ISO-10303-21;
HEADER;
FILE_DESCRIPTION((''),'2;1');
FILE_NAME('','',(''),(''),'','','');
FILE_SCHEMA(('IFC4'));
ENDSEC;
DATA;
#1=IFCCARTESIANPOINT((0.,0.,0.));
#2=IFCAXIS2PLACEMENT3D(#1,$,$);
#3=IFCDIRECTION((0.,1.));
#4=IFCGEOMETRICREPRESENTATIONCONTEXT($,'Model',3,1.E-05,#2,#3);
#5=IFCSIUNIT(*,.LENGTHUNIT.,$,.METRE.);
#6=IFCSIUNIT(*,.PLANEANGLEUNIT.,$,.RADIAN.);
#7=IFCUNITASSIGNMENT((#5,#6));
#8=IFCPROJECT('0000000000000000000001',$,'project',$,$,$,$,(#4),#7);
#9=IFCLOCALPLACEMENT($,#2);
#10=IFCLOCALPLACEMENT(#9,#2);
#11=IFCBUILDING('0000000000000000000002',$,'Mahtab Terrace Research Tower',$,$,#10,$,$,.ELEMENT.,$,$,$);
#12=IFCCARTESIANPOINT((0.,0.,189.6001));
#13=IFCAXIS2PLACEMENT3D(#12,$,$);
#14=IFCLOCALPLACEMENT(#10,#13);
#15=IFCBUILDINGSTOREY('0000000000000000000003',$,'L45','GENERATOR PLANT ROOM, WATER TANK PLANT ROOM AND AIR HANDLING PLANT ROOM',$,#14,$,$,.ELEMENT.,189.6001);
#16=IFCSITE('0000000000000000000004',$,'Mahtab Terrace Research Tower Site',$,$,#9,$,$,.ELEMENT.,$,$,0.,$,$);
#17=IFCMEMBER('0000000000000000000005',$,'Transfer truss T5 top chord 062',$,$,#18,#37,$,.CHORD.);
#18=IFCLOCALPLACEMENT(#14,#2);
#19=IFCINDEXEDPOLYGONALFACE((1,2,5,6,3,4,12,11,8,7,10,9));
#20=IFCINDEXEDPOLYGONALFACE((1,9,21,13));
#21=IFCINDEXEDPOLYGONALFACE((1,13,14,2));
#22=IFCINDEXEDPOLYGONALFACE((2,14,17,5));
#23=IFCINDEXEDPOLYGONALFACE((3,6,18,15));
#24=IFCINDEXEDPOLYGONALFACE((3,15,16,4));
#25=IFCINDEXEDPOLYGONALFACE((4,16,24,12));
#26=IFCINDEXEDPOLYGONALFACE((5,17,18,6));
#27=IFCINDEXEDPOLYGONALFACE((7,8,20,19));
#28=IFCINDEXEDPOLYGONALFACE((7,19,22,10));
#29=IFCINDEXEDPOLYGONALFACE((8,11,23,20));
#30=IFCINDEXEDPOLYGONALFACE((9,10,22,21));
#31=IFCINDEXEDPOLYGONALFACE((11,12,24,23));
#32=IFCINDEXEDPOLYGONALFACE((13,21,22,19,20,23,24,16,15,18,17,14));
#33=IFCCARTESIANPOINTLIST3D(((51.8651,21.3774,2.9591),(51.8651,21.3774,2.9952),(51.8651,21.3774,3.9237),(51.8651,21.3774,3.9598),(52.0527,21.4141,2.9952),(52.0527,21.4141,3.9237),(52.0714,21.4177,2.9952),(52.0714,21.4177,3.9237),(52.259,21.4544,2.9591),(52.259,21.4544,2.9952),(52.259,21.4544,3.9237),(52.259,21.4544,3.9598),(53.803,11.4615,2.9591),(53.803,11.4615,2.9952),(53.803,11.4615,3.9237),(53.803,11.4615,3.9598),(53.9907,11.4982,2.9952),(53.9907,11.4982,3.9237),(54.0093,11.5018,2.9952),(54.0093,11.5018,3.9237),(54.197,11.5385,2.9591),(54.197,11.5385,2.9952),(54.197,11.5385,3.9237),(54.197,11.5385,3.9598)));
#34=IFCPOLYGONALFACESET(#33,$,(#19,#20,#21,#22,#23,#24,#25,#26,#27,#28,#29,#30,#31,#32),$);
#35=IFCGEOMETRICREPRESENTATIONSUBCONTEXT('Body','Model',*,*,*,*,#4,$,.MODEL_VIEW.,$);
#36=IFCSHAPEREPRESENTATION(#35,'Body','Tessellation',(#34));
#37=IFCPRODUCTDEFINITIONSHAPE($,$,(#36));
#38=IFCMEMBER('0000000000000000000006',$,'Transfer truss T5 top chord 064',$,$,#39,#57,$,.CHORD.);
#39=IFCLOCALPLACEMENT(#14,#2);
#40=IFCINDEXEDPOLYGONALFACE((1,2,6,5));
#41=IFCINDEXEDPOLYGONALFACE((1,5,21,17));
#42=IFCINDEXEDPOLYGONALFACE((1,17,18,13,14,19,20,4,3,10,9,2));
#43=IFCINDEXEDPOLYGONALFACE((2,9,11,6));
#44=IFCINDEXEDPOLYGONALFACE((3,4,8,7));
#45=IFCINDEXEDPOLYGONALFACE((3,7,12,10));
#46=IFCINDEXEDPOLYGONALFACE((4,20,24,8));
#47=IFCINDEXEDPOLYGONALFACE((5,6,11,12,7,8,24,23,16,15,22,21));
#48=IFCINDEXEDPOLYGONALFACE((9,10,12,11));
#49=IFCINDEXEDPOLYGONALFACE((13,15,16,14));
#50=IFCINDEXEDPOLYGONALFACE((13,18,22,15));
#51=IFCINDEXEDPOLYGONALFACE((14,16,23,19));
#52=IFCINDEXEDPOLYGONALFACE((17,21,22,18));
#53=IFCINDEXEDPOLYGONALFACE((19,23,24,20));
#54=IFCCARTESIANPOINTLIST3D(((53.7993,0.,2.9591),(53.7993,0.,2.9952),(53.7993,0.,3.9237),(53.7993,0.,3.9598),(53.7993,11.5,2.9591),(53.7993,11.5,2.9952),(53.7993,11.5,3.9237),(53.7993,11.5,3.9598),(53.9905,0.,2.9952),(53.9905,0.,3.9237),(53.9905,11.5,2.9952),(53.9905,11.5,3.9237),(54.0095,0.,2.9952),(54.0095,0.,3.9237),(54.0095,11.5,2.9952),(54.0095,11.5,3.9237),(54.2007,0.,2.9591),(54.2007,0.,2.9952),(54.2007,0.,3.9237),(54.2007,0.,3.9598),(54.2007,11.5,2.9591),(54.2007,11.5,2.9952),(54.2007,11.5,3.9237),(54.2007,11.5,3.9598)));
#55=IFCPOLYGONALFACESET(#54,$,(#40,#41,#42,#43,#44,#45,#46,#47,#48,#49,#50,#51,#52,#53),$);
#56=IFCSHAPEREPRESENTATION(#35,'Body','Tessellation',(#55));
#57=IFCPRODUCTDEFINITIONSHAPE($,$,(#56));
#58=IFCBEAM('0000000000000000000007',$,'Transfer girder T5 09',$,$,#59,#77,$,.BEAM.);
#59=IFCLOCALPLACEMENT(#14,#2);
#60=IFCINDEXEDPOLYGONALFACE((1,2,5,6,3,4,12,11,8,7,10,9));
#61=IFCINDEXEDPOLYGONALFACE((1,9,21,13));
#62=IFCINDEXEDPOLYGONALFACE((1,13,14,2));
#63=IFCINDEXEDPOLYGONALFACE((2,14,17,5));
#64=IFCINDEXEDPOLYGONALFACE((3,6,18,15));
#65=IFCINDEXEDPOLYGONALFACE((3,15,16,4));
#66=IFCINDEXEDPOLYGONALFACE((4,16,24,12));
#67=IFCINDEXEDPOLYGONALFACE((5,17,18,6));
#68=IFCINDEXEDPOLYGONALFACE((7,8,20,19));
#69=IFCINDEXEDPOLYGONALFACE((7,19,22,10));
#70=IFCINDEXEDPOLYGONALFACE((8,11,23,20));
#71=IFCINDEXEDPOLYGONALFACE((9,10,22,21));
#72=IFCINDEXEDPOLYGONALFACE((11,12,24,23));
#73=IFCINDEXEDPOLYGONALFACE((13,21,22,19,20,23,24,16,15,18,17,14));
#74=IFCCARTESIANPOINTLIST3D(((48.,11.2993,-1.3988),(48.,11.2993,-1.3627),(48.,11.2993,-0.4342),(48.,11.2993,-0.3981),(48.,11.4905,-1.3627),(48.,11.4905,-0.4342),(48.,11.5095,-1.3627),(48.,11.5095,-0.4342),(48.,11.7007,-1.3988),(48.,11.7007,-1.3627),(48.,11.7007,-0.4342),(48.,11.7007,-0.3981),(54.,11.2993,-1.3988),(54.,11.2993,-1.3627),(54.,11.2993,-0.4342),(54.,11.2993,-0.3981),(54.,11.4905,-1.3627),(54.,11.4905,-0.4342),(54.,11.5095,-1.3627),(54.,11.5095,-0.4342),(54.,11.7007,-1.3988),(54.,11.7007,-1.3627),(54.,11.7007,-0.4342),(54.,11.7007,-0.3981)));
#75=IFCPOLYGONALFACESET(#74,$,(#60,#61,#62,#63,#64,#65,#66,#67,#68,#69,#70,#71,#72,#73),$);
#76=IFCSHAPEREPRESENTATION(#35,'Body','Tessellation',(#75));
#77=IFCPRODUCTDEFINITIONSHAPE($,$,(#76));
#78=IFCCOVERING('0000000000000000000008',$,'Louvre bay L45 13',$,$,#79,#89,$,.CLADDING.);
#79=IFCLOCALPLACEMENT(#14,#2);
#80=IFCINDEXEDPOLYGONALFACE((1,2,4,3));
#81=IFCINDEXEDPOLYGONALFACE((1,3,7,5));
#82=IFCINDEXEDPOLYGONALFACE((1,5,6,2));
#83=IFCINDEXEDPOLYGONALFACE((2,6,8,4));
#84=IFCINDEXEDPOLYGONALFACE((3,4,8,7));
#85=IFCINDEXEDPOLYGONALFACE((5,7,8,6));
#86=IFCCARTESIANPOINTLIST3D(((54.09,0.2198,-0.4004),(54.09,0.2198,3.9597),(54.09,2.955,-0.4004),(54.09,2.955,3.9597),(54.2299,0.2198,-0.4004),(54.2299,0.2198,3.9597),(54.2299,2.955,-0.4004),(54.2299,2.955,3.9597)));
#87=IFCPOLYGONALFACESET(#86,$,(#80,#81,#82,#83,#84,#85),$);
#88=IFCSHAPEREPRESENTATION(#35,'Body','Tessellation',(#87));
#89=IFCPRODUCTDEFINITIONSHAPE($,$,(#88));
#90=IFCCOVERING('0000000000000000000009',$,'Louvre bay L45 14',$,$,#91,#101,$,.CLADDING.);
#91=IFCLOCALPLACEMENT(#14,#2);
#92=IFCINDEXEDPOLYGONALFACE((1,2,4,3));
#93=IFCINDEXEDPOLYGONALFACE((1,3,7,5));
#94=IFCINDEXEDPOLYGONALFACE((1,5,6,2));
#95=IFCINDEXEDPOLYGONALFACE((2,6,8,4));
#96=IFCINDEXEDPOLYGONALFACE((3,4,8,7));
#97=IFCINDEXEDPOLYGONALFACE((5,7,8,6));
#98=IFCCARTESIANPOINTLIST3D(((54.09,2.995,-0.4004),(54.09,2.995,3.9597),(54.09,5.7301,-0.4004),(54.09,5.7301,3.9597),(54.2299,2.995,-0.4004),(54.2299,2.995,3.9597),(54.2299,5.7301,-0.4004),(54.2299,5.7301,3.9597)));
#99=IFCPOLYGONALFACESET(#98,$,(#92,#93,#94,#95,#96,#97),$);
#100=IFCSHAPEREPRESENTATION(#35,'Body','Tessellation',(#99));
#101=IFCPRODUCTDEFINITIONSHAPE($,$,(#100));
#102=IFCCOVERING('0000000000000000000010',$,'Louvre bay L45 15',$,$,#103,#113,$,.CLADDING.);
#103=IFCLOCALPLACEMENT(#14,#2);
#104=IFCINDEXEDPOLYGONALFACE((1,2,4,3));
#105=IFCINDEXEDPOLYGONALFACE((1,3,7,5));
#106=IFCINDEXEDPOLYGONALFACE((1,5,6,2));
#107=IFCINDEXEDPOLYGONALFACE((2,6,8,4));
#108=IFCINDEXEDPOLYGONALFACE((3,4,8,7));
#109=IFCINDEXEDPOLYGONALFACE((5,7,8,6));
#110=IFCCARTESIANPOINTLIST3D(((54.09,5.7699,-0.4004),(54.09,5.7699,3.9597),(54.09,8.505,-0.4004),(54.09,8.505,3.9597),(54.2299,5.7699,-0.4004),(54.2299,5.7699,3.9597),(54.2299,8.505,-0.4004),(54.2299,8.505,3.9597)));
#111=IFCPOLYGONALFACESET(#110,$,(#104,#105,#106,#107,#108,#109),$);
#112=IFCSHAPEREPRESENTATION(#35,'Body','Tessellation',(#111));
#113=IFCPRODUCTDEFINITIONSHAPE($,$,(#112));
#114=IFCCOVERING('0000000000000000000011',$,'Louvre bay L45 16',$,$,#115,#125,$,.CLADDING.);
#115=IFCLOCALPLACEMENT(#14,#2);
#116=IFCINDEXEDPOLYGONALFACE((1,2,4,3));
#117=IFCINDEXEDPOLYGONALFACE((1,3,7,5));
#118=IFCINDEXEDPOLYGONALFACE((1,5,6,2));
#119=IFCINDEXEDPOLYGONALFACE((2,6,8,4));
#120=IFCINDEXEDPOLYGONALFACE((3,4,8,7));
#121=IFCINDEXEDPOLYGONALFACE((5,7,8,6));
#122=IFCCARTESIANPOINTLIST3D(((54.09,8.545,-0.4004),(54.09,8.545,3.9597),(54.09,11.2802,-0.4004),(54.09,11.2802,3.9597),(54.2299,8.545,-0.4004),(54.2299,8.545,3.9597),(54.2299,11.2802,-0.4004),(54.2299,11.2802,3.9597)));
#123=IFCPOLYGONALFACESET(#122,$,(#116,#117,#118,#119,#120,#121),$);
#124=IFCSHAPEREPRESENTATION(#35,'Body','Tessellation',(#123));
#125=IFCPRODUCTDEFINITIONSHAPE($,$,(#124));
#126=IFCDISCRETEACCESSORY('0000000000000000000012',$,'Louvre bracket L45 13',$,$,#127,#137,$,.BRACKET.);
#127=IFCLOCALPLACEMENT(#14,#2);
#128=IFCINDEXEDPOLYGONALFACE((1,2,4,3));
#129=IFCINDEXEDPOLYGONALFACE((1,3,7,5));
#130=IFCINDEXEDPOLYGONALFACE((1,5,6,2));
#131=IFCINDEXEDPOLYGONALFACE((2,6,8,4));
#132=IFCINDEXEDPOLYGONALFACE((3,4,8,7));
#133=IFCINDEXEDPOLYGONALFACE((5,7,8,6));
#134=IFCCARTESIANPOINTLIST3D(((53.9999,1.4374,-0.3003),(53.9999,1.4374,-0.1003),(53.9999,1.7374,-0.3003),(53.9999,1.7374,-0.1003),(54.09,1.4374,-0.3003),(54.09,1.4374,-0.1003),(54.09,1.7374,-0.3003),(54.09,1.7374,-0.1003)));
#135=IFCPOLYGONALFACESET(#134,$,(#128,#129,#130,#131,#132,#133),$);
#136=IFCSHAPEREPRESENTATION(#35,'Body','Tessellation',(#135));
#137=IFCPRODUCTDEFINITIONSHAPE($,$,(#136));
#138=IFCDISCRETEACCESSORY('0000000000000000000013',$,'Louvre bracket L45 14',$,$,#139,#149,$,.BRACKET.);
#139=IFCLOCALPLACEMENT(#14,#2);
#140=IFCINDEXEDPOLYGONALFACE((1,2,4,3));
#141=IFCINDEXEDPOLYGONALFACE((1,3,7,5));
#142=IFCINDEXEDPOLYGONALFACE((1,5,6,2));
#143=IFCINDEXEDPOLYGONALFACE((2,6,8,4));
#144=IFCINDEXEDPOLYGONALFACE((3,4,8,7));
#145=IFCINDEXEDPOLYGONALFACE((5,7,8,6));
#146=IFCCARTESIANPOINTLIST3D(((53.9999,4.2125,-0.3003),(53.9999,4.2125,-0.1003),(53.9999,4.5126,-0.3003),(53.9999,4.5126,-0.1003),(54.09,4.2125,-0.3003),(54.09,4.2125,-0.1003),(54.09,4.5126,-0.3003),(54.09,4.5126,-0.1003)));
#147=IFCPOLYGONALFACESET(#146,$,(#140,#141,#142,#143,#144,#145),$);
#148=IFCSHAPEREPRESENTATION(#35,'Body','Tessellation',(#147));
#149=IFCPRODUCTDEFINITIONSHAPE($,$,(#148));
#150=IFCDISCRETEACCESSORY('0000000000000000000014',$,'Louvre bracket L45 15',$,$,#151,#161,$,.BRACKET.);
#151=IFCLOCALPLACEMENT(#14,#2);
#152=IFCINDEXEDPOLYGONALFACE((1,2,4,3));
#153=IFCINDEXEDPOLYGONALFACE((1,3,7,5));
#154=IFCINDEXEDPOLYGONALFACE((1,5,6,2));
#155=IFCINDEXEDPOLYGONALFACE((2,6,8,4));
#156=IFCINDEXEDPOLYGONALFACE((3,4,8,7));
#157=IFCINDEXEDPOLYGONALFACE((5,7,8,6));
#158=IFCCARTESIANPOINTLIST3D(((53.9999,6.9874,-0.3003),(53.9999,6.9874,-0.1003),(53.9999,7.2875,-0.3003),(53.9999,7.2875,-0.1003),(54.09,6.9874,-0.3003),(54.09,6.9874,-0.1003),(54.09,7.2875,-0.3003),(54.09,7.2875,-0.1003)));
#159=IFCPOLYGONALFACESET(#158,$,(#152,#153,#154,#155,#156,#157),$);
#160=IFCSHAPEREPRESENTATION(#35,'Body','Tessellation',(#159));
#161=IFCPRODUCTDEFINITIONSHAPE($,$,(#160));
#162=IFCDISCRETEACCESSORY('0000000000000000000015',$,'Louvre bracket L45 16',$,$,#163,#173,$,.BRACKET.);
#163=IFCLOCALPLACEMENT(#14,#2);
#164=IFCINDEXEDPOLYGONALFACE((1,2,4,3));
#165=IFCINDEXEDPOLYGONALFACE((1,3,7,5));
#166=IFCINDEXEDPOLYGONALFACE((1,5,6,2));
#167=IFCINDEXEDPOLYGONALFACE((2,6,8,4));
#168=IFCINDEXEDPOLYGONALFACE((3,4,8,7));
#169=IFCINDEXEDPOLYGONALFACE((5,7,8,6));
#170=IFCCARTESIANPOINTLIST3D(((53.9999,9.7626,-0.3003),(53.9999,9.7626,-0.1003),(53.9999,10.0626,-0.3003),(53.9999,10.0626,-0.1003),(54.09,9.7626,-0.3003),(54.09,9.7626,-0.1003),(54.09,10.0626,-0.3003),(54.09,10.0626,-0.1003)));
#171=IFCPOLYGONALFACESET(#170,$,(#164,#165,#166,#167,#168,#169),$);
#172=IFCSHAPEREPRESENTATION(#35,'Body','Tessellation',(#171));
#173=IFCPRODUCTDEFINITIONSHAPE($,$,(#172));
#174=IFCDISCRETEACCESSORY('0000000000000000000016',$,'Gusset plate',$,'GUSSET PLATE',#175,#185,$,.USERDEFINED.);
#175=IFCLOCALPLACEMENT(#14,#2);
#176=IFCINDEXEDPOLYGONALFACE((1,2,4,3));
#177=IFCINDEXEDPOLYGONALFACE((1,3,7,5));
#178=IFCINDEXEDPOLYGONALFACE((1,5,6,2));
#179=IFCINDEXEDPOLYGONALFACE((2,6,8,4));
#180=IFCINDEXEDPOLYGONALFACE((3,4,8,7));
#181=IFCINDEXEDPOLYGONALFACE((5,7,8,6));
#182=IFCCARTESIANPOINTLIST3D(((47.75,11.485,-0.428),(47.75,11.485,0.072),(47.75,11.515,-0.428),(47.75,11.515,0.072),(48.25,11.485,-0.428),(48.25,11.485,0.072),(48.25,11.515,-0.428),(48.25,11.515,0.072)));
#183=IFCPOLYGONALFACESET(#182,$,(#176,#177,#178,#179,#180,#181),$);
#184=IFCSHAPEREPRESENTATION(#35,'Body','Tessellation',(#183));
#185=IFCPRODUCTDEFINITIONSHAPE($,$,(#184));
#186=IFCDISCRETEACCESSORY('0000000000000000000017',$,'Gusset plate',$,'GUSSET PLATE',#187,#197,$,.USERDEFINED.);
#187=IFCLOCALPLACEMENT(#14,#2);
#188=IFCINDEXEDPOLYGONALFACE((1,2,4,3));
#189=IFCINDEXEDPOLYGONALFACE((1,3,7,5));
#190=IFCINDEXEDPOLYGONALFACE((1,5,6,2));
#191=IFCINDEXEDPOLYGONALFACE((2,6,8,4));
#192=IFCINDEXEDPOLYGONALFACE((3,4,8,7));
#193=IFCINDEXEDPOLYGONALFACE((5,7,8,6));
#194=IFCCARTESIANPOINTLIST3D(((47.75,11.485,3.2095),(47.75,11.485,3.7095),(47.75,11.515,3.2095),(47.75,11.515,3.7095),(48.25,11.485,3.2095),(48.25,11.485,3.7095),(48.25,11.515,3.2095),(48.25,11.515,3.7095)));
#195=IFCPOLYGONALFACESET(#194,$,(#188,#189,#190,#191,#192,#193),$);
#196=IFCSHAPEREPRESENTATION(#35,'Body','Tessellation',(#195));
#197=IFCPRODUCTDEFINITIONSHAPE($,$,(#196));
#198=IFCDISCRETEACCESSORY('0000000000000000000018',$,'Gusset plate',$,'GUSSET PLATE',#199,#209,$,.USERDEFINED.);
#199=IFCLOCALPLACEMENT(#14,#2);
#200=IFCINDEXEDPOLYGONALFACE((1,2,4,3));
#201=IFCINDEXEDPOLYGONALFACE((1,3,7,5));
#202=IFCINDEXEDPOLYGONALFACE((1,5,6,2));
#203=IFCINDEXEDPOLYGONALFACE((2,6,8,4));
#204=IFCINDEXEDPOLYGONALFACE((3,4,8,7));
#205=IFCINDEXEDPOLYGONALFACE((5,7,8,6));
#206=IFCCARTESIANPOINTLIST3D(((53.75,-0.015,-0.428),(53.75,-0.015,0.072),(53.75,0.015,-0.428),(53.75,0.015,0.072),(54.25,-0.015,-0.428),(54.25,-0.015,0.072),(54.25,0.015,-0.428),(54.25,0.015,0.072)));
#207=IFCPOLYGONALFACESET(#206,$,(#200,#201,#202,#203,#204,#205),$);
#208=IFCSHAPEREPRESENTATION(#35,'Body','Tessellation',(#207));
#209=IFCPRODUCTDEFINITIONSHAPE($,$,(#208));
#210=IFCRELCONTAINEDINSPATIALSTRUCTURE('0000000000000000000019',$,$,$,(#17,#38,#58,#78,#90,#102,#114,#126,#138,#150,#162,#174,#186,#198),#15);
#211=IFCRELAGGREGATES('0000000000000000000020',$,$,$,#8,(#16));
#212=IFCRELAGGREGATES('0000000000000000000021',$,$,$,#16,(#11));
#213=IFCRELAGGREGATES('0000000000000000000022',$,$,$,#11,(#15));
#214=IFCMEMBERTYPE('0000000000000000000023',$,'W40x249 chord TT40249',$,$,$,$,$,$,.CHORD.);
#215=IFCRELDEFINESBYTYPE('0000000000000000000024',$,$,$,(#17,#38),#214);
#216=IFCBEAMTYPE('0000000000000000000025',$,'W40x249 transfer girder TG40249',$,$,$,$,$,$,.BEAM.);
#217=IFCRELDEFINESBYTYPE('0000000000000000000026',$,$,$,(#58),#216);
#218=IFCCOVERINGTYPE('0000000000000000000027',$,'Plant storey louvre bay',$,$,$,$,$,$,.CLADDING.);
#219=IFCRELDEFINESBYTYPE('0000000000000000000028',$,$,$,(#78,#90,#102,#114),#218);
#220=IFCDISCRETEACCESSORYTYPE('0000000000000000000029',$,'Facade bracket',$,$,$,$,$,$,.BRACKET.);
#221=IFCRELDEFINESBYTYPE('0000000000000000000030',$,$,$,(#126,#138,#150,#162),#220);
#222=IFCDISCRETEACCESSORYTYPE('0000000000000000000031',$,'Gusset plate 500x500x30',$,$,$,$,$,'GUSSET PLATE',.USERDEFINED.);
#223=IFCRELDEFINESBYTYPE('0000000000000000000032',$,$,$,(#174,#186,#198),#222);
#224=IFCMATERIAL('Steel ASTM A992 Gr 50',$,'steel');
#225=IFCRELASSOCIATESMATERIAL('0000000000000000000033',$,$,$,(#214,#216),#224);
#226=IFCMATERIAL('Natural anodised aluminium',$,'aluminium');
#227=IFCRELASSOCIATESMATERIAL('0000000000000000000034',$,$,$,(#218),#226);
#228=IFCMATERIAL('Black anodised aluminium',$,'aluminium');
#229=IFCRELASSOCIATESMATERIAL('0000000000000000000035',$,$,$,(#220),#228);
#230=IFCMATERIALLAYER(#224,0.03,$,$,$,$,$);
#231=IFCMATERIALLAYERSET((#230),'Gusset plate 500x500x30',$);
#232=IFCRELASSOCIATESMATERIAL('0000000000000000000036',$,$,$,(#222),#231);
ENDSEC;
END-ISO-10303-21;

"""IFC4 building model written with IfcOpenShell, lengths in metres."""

from ifc_helpers import new_model, si_unit, direction, frame, origin, origin_2d, place, context, subcontext, project, spatial, rectangle, i_section, extrude, material, layer, layer_set, material_profile, profile_set, type_object, element, save


model = new_model("IFC4")

# Units and contexts
model_context = context("Model", 3, precision=1e-05, world=origin(), true_north=direction((0.0, 1.0)))
body_context = subcontext(model_context, "Body", "Model", "MODEL_VIEW")
ifc_project = project(units=[si_unit("LENGTHUNIT", "METRE"), si_unit("PLANEANGLEUNIT", "RADIAN")], contexts=[model_context])

# Site, building, storey
site_placement = place(None, origin())
site = spatial("IfcSite", under=ifc_project, at=site_placement, Name="Mahtab Terrace Research Tower Site", CompositionType="ELEMENT", RefElevation=0.0)
building_placement = place(site_placement, origin())
building = spatial("IfcBuilding", under=site, at=building_placement, Name="Mahtab Terrace Research Tower", CompositionType="ELEMENT")
storey_placement = place(building_placement, frame((0.0, 0.0, 189.6001)))
storey = spatial("IfcBuildingStorey", under=building, at=storey_placement, Name="L45", Description="GENERATOR PLANT ROOM, WATER TANK PLANT ROOM AND AIR HANDLING PLANT ROOM", CompositionType="ELEMENT", Elevation=189.6001)

# Shared definitions
ifc_material_1 = material(Name="Steel ASTM A992 Gr 50", Category="steel")

# Members
ifc_material_profile_1 = material_profile(ifc_material_1, i_section(OverallWidth=0.4014, OverallDepth=1.0007, WebThickness=0.019, FlangeThickness=0.0361, at=origin_2d()), Name="W40X249")
ifc_profile_set_1 = profile_set([ifc_material_profile_1], Name="Steel ASTM A992 Gr 50")
member_type_1 = type_object("IfcMemberType", Name="W40x249 chord TT40249", PredefinedType="CHORD", material=ifc_profile_set_1)
member_1_placement = place(storey_placement, frame((54.0, 11.5, 3.4595), z_axis=(-0.191811, 0.981432, 0.0), x_axis=(-0.981432, -0.191811, 0.0)))
element("IfcMember", 1, at=member_1_placement, inside=storey, type_object=member_type_1, Name="Transfer truss T5 top chord 062", PredefinedType="CHORD", context=body_context, shape_type="SweptSolid", body=[
    extrude(i_section(OverallWidth=0.4014, OverallDepth=1.0007, WebThickness=0.019, FlangeThickness=0.0361, at=origin_2d()), origin(), (0.0, 0.0, 1.0), 10.1035),
])
member_2_placement = place(storey_placement, frame((54.0, 0.0, 3.4595), z_axis=(0.0, 1.0, 0.0), x_axis=(-1.0, 0.0, 0.0)))
element("IfcMember", 2, at=member_2_placement, inside=storey, type_object=member_type_1, Name="Transfer truss T5 top chord 064", PredefinedType="CHORD", context=body_context, shape_type="SweptSolid", body=[
    extrude(i_section(OverallWidth=0.4014, OverallDepth=1.0007, WebThickness=0.019, FlangeThickness=0.0361, at=origin_2d()), origin(), (0.0, 0.0, 1.0), 11.5),
])

# Beam
ifc_material_profile_2 = material_profile(ifc_material_1, i_section(OverallWidth=0.4014, OverallDepth=1.0007, WebThickness=0.019, FlangeThickness=0.0361, at=origin_2d()), Name="W40X249")
ifc_profile_set_2 = profile_set([ifc_material_profile_2], Name="Steel ASTM A992 Gr 50")
beam_type = type_object("IfcBeamType", Name="W40x249 transfer girder TG40249", PredefinedType="BEAM", material=ifc_profile_set_2)
beam_placement = place(storey_placement, frame((48.0, 11.5, -0.8984), z_axis=(1.0, 0.0, 0.0), x_axis=(0.0, 1.0, 0.0)))
element("IfcBeam", 3, at=beam_placement, inside=storey, type_object=beam_type, Name="Transfer girder T5 09", PredefinedType="BEAM", context=body_context, shape_type="SweptSolid", body=[
    extrude(i_section(OverallWidth=0.4014, OverallDepth=1.0007, WebThickness=0.019, FlangeThickness=0.0361, at=origin_2d()), origin(), (0.0, 0.0, 1.0), 6.0),
])

# Coverings
ifc_material_2 = material(Name="Natural anodised aluminium", Category="aluminium")
covering_type = type_object("IfcCoveringType", Name="Plant storey louvre bay", PredefinedType="CLADDING", material=ifc_material_2)
for number, where, z_axis, x_axis, name in (
    (4, (54.1599, 1.5874, -0.4004), (0.0, 0.0, 1.0), (0.0, 1.0, 0.0), "Louvre bay L45 13"),
    (5, (54.1599, 4.3625, -0.4004), (0.0, 0.0, 1.0), (0.0, 1.0, 0.0), "Louvre bay L45 14"),
    (6, (54.1599, 7.1375, -0.4004), (0.0, 0.0, 1.0), (0.0, 1.0, 0.0), "Louvre bay L45 15"),
    (7, (54.1599, 9.9126, -0.4004), (0.0, 0.0, 1.0), (0.0, 1.0, 0.0), "Louvre bay L45 16"),
):
    element("IfcCovering", number, at=place(storey_placement, frame(where, z_axis=z_axis, x_axis=x_axis)), inside=storey, type_object=covering_type, Name=name, PredefinedType="CLADDING", context=body_context, shape_type="SweptSolid", body=[
        extrude(rectangle(XDim=2.7351, YDim=0.1399, at=origin_2d()), origin(), (0.0, 0.0, 1.0), 4.3601),
    ])

# Discrete accessories
ifc_material_3 = material(Name="Black anodised aluminium", Category="aluminium")
discrete_accessory_type_1 = type_object("IfcDiscreteAccessoryType", Name="Facade bracket", PredefinedType="BRACKET", material=ifc_material_3)
for number, where, z_axis, x_axis, name in (
    (8, (54.0449, 1.5874, -0.3003), (0.0, 0.0, 1.0), (0.0, 1.0, 0.0), "Louvre bracket L45 13"),
    (9, (54.0449, 4.3625, -0.3003), (0.0, 0.0, 1.0), (0.0, 1.0, 0.0), "Louvre bracket L45 14"),
    (10, (54.0449, 7.1375, -0.3003), (0.0, 0.0, 1.0), (0.0, 1.0, 0.0), "Louvre bracket L45 15"),
    (11, (54.0449, 9.9126, -0.3003), (0.0, 0.0, 1.0), (0.0, 1.0, 0.0), "Louvre bracket L45 16"),
):
    element("IfcDiscreteAccessory", number, at=place(storey_placement, frame(where, z_axis=z_axis, x_axis=x_axis)), inside=storey, type_object=discrete_accessory_type_1, Name=name, PredefinedType="BRACKET", context=body_context, shape_type="SweptSolid", body=[
        extrude(rectangle(XDim=0.3, YDim=0.0901, at=origin_2d()), origin(), (0.0, 0.0, 1.0), 0.2),
    ])
ifc_layer = layer(ifc_material_1, 0.03)
ifc_layer_set = layer_set([ifc_layer], Name="Gusset plate 500x500x30")
discrete_accessory_type_2 = type_object("IfcDiscreteAccessoryType", Name="Gusset plate 500x500x30", ElementType="GUSSET PLATE", PredefinedType="USERDEFINED", material=ifc_layer_set)
for number, where, z_axis, x_axis, name in (
    (12, (48.0, 11.5, -0.428), (0.0, 0.0, 1.0), (1.0, 0.0, 0.0), "Gusset plate"),
    (13, (48.0, 11.5, 3.2095), (0.0, 0.0, 1.0), (1.0, 0.0, 0.0), "Gusset plate"),
    (14, (54.0, 0.0, -0.428), (0.0, 0.0, 1.0), (1.0, 0.0, 0.0), "Gusset plate"),
):
    element("IfcDiscreteAccessory", number, at=place(storey_placement, frame(where, z_axis=z_axis, x_axis=x_axis)), inside=storey, type_object=discrete_accessory_type_2, Name=name, ObjectType="GUSSET PLATE", PredefinedType="USERDEFINED", context=body_context, shape_type="SweptSolid", body=[
        extrude(rectangle(XDim=0.5, YDim=0.03, at=origin_2d()), origin(), (0.0, 0.0, 1.0), 0.5),
    ])

save(model, "model.ifc")
